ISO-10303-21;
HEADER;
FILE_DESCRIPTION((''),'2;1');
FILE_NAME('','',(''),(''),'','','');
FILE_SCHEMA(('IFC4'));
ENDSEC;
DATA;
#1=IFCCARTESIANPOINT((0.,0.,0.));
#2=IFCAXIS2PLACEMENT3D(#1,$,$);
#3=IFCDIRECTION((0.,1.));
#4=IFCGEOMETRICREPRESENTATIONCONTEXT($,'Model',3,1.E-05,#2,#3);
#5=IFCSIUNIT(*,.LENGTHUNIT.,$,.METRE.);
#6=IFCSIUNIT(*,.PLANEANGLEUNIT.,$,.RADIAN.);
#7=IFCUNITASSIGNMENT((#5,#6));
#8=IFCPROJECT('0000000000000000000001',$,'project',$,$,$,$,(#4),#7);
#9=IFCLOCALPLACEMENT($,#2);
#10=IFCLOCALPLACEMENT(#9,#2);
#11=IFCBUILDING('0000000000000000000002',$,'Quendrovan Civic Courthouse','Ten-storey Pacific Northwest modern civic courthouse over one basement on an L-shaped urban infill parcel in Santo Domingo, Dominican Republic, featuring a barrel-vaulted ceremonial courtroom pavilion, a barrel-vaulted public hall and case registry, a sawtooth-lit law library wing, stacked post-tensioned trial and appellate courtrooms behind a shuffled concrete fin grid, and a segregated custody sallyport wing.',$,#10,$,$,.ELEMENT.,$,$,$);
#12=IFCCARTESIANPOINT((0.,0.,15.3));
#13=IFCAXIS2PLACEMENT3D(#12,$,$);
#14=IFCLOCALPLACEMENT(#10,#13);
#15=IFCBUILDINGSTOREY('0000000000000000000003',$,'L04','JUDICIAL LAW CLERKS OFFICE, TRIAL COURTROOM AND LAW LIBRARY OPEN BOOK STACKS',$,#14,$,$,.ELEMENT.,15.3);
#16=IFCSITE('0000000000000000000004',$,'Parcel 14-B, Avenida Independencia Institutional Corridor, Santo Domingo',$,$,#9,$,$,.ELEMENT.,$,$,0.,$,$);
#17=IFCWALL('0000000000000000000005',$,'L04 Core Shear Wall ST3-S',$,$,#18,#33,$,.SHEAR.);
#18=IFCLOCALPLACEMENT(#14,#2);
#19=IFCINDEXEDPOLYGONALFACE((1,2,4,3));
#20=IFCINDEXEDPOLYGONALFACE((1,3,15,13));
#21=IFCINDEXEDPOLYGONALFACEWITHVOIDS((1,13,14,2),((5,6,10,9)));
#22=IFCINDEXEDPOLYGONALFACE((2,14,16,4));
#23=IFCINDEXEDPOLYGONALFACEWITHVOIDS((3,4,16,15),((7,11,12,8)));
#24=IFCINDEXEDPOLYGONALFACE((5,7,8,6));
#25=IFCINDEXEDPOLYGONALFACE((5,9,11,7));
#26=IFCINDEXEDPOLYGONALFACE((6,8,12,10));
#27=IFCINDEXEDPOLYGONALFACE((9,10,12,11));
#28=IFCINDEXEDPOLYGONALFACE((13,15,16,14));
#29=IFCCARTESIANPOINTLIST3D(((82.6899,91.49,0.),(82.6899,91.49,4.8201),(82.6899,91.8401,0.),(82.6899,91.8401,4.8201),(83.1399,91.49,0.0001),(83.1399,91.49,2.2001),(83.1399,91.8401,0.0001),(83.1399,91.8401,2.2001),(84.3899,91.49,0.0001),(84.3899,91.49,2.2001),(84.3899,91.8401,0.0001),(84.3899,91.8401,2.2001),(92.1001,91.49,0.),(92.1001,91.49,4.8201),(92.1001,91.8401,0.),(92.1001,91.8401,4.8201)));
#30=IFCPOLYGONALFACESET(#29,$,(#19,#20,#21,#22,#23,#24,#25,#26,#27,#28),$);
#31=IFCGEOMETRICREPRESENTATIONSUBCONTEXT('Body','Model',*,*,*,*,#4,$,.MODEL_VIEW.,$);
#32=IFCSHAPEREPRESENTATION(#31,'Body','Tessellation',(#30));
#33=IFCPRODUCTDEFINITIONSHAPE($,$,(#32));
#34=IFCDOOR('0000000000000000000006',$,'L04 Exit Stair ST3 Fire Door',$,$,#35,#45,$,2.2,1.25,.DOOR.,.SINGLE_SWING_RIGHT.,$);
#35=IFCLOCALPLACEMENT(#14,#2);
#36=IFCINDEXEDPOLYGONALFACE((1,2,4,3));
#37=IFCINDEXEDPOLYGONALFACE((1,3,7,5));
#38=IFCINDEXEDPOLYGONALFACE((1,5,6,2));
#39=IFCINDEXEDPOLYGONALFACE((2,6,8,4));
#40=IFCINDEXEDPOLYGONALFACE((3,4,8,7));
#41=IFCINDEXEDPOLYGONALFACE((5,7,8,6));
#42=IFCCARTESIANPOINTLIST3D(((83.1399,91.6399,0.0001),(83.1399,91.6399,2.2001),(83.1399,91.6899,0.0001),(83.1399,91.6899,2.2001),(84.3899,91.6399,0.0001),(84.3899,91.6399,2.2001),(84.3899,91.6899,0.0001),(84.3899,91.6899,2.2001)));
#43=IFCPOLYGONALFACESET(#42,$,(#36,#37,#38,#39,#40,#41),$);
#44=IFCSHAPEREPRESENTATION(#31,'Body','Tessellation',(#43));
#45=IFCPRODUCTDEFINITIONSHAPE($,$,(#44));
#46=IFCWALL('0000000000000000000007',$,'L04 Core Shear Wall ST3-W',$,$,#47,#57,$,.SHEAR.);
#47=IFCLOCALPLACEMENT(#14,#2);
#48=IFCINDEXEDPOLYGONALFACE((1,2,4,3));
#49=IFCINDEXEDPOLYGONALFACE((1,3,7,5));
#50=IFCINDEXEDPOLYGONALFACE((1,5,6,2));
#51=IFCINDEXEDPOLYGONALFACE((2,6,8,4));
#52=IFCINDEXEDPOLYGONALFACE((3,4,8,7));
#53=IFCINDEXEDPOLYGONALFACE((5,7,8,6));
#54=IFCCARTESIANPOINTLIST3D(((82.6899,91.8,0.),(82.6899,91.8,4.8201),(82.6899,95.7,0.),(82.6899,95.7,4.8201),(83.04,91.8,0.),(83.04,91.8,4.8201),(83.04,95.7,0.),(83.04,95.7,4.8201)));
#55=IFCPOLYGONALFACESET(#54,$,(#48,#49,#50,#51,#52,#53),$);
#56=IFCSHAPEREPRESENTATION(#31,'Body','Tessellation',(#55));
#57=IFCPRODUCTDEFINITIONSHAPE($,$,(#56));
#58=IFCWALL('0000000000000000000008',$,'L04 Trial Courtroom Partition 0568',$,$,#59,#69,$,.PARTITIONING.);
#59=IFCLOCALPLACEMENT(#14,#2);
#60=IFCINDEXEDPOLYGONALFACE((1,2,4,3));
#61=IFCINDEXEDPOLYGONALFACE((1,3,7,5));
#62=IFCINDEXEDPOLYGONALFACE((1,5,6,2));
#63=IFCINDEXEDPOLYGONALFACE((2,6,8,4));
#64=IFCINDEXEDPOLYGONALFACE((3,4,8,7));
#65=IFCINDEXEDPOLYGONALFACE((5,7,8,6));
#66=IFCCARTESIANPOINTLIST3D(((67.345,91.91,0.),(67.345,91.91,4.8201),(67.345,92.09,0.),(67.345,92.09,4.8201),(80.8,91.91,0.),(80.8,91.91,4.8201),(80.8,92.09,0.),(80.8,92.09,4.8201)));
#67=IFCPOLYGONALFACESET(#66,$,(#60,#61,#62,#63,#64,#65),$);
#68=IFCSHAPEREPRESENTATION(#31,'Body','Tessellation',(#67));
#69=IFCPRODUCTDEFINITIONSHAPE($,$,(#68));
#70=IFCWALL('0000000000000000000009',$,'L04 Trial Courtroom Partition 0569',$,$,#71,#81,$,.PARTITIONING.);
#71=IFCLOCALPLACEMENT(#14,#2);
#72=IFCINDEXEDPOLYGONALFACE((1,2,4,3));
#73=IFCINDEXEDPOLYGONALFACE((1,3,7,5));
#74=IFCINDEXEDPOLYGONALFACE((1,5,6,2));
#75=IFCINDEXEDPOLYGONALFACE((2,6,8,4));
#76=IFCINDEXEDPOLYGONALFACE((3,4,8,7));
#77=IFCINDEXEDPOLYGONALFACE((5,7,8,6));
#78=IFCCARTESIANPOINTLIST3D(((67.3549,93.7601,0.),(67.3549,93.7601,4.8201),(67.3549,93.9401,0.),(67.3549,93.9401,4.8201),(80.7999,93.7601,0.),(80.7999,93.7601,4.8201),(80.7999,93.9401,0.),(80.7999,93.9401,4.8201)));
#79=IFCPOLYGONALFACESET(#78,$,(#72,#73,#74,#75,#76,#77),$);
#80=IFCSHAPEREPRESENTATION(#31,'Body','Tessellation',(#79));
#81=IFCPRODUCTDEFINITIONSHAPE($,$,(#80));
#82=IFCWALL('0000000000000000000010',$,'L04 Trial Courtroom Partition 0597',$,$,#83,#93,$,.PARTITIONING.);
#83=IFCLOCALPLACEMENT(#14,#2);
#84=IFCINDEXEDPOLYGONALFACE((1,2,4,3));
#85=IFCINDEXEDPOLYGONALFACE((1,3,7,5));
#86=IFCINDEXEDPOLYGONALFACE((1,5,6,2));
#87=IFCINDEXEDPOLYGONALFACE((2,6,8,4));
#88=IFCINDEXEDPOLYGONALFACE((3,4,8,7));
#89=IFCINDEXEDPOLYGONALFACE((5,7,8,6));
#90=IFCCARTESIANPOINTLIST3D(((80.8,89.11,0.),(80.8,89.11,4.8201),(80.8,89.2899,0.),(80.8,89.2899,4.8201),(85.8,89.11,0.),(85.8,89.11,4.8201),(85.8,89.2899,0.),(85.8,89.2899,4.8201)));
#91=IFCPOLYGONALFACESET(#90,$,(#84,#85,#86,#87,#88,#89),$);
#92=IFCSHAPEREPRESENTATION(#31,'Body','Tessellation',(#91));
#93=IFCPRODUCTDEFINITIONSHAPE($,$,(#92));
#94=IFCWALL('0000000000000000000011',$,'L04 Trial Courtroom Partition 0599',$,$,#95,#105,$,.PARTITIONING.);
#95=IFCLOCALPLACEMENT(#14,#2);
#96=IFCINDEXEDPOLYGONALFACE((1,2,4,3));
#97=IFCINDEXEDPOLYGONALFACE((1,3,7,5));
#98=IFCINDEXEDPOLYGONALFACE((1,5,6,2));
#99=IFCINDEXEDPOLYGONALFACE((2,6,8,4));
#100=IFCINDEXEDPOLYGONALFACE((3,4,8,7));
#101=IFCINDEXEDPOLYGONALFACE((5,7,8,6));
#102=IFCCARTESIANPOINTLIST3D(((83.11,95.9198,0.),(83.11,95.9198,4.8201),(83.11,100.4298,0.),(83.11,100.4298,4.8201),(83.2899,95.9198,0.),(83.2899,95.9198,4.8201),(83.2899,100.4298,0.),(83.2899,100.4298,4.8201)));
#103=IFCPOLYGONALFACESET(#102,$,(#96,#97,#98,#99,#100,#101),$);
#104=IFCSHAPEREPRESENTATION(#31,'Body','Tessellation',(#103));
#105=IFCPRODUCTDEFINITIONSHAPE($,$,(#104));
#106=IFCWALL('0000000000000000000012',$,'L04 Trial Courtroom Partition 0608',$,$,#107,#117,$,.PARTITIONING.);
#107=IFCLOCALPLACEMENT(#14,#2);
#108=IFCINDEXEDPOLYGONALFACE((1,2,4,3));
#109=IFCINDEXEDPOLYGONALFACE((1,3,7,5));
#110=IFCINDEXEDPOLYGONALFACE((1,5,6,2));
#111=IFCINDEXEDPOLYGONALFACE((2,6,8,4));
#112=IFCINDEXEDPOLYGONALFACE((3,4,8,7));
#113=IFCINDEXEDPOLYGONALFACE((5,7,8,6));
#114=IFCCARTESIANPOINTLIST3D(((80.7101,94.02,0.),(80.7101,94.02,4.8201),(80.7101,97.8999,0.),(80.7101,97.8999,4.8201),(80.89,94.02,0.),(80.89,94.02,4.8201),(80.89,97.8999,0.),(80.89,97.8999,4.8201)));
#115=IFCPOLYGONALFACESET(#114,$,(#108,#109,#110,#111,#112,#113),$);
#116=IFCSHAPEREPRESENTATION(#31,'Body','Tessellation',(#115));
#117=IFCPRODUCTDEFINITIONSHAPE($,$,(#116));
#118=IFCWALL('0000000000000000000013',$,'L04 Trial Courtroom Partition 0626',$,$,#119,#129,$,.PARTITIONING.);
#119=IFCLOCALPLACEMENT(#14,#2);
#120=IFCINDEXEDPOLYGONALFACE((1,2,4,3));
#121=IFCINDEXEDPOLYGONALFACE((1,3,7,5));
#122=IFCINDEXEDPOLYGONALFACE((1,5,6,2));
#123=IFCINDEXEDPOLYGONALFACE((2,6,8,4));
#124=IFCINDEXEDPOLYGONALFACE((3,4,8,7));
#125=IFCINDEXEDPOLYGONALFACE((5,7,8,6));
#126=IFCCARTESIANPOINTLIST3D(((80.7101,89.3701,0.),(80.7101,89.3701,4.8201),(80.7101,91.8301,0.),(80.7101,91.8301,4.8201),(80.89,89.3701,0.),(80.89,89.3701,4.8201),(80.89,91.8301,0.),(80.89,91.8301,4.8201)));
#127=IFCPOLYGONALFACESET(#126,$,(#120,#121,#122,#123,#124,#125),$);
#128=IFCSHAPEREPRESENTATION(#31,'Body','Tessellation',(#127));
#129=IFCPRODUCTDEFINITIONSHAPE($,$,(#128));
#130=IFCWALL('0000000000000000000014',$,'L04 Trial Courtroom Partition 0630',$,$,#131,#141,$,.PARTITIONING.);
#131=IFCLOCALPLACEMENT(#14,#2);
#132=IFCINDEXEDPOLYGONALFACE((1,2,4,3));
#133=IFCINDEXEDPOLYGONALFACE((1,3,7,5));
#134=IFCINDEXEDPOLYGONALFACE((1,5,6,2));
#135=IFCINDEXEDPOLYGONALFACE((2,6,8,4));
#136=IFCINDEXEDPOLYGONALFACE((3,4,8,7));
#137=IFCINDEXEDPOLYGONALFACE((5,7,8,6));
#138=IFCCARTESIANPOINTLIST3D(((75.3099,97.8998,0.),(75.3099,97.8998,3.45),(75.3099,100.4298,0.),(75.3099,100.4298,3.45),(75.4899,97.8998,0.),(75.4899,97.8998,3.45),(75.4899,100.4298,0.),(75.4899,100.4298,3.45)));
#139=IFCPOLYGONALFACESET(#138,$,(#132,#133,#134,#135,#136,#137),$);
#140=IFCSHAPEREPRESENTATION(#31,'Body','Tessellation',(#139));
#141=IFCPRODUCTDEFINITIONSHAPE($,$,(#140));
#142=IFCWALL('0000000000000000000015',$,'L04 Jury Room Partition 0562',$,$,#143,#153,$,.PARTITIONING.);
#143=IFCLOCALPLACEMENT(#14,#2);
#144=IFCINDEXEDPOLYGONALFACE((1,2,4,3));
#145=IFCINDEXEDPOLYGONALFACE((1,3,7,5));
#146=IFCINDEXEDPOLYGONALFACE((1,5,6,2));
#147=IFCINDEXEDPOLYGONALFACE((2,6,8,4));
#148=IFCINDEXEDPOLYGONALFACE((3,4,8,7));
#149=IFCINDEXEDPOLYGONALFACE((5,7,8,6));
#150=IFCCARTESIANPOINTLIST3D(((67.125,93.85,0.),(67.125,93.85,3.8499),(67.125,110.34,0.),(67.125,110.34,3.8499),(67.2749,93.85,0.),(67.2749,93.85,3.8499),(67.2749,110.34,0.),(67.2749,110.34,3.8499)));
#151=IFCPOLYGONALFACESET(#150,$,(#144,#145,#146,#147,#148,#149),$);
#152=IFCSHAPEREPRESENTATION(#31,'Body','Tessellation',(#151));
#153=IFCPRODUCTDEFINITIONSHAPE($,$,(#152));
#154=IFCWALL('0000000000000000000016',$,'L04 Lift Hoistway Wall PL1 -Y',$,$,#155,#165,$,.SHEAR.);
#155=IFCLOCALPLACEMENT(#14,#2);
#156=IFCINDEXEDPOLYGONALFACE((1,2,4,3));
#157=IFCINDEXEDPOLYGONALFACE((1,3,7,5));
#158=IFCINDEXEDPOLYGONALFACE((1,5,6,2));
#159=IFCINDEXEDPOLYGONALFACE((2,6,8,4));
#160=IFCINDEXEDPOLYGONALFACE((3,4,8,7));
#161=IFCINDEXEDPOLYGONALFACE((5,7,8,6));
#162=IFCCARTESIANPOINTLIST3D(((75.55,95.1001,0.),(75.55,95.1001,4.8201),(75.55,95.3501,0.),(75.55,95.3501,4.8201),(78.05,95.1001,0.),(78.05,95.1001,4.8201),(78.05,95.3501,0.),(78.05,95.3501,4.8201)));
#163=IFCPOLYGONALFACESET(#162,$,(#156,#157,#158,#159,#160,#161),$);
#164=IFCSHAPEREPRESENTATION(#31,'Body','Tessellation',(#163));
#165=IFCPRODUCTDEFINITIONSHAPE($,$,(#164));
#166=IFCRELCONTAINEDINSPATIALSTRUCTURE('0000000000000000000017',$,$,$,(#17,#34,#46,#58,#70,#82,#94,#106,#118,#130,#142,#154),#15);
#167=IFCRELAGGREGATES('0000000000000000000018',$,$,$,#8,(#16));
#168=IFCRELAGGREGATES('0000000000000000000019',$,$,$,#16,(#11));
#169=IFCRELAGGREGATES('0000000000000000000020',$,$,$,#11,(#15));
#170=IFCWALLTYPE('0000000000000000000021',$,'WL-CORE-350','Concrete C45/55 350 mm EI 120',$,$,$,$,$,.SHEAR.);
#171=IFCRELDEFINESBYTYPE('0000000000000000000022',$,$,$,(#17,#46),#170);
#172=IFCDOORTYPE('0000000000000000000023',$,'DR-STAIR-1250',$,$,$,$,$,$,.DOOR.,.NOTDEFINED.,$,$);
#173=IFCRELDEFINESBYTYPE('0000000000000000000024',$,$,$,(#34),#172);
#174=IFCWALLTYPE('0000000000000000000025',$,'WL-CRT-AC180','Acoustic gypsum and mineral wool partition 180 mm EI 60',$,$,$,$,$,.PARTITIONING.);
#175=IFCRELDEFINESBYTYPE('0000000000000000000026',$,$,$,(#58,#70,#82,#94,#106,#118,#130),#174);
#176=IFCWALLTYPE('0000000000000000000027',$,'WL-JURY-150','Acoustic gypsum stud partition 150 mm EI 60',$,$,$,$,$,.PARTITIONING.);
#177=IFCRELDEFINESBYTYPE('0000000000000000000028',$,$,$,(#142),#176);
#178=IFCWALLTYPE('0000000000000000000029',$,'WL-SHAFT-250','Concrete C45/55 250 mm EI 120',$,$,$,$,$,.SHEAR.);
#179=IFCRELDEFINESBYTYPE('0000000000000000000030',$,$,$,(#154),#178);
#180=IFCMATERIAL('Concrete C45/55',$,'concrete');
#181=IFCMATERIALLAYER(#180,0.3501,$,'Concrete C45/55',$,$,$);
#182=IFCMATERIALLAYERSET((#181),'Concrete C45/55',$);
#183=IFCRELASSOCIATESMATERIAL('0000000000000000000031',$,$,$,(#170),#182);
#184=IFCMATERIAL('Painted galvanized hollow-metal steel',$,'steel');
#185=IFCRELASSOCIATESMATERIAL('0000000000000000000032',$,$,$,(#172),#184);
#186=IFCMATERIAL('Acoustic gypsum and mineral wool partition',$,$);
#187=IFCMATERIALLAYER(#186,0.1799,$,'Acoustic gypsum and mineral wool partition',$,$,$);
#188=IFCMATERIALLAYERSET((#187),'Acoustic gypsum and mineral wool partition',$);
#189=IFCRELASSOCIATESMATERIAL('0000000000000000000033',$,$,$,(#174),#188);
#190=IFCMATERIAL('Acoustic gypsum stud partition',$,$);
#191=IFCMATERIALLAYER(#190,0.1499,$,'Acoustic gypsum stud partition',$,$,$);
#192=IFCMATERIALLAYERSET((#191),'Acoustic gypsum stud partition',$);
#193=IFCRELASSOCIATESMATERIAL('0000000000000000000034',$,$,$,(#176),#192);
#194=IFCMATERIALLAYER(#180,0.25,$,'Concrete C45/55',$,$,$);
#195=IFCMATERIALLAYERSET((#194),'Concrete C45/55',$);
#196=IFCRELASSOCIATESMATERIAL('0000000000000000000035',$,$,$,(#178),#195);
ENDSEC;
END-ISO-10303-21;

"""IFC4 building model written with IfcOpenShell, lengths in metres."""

from ifc_helpers import new_model, si_unit, direction, frame, frame_2d, origin, place, context, subcontext, project, spatial, rectangle, extrude, material, layer, layer_set, type_object, element, fill, save


model = new_model("IFC4")

# Units and contexts
model_context = context("Model", 3, precision=1e-05, world=origin(), true_north=direction((0.0, 1.0)))
body_context = subcontext(model_context, "Body", "Model", "MODEL_VIEW")
ifc_project = project(units=[si_unit("LENGTHUNIT", "METRE"), si_unit("PLANEANGLEUNIT", "RADIAN")], contexts=[model_context])

# Site, building, storey
site_placement = place(None, origin())
site = spatial("IfcSite", under=ifc_project, at=site_placement, Name="Parcel 14-B, Avenida Independencia Institutional Corridor, Santo Domingo", CompositionType="ELEMENT", RefElevation=0.0)
building_placement = place(site_placement, origin())
building = spatial("IfcBuilding", under=site, at=building_placement, Name="Quendrovan Civic Courthouse", Description="Ten-storey Pacific Northwest modern civic courthouse over one basement on an L-shaped urban infill parcel in Santo Domingo, Dominican Republic, featuring a barrel-vaulted ceremonial courtroom pavilion, a barrel-vaulted public hall and case registry, a sawtooth-lit law library wing, stacked post-tensioned trial and appellate courtrooms behind a shuffled concrete fin grid, and a segregated custody sallyport wing.", CompositionType="ELEMENT")
storey_placement = place(building_placement, frame((0.0, 0.0, 15.3)))
storey = spatial("IfcBuildingStorey", under=building, at=storey_placement, Name="L04", Description="JUDICIAL LAW CLERKS OFFICE, TRIAL COURTROOM AND LAW LIBRARY OPEN BOOK STACKS", CompositionType="ELEMENT", Elevation=15.3)

# Shared definitions
ifc_material_1 = material(Name="Concrete C45/55", Category="concrete")

# Wall, opening, door
ifc_layer_1 = layer(ifc_material_1, 0.3501, Name="Concrete C45/55")
ifc_layer_set_1 = layer_set([ifc_layer_1], Name="Concrete C45/55")
wall_type_1 = type_object("IfcWallType", Name="WL-CORE-350", Description="Concrete C45/55 350 mm EI 120", PredefinedType="SHEAR", material=ifc_layer_set_1)
wall_1_placement = place(storey_placement, frame((82.6899, 91.665, 0.0), z_axis=(0.0, 0.0, 1.0), x_axis=(1.0, 0.0, 0.0)))
wall_1 = element("IfcWall", 1, at=wall_1_placement, inside=storey, type_object=wall_type_1, Name="L04 Core Shear Wall ST3-S", PredefinedType="SHEAR", context=body_context, shape_type="SweptSolid", body=[
    extrude(rectangle(XDim=9.4102, YDim=0.3501, at=frame_2d((4.7051, 0.0))), origin(), (0.0, 0.0, 1.0), 4.8201),
])
opening_1_placement = place(wall_1_placement, frame((0.45, 0.0, 0.0)))
opening_1 = element("IfcOpeningElement", 2, at=opening_1_placement, cuts=wall_1, PredefinedType="OPENING", context=body_context, shape_type="SweptSolid", body=[
    extrude(rectangle(XDim=1.25, YDim=2.2, at=frame_2d((0.625, 1.1001))), frame((0.0, 0.1851, 0.0), z_axis=(0.0, -1.0, 0.0), x_axis=(1.0, 0.0, 0.0)), (0.0, 0.0, 1.0), 0.3701),
])
ifc_material_2 = material(Name="Painted galvanized hollow-metal steel", Category="steel")
door_type_1 = type_object("IfcDoorType", Name="DR-STAIR-1250", OperationType="NOTDEFINED", PredefinedType="DOOR", material=ifc_material_2)
door_1_placement = place(opening_1_placement, origin())
door_1 = element("IfcDoor", 3, at=door_1_placement, inside=storey, type_object=door_type_1, Name="L04 Exit Stair ST3 Fire Door", OperationType="SINGLE_SWING_RIGHT", OverallHeight=2.2, OverallWidth=1.25, PredefinedType="DOOR", context=body_context, shape_type="SweptSolid", body=[
    extrude(rectangle(XDim=1.25, YDim=2.2, at=frame_2d((0.625, 1.1001))), frame((0.0, 0.0249, 0.0), z_axis=(0.0, -1.0, 0.0), x_axis=(1.0, 0.0, 0.0)), (0.0, 0.0, 1.0), 0.05),
])
fill(opening_1, door_1)

# Walls
wall_2_placement = place(storey_placement, frame((82.865, 91.8, 0.0), z_axis=(0.0, 0.0, 1.0), x_axis=(0.0, 1.0, 0.0)))
element("IfcWall", 4, at=wall_2_placement, inside=storey, type_object=wall_type_1, Name="L04 Core Shear Wall ST3-W", PredefinedType="SHEAR", context=body_context, shape_type="SweptSolid", body=[
    extrude(rectangle(XDim=3.8999, YDim=0.3501, at=frame_2d((1.95, 0.0))), origin(), (0.0, 0.0, 1.0), 4.8201),
])
ifc_material_3 = material(Name="Acoustic gypsum and mineral wool partition")
ifc_layer_2 = layer(ifc_material_3, 0.1799, Name="Acoustic gypsum and mineral wool partition")
ifc_layer_set_2 = layer_set([ifc_layer_2], Name="Acoustic gypsum and mineral wool partition")
wall_type_2 = type_object("IfcWallType", Name="WL-CRT-AC180", Description="Acoustic gypsum and mineral wool partition 180 mm EI 60", PredefinedType="PARTITIONING", material=ifc_layer_set_2)
wall_3_placement = place(storey_placement, frame((67.345, 92.0, 0.0), z_axis=(0.0, 0.0, 1.0), x_axis=(1.0, 0.0, 0.0)))
element("IfcWall", 5, at=wall_3_placement, inside=storey, type_object=wall_type_2, Name="L04 Trial Courtroom Partition 0568", PredefinedType="PARTITIONING", context=body_context, shape_type="SweptSolid", body=[
    extrude(rectangle(XDim=13.4551, YDim=0.1799, at=frame_2d((6.7275, 0.0))), origin(), (0.0, 0.0, 1.0), 4.8201),
])
wall_4_placement = place(storey_placement, frame((80.8, 93.8501, 0.0), z_axis=(0.0, 0.0, 1.0), x_axis=(-1.0, 0.0, 0.0)))
element("IfcWall", 6, at=wall_4_placement, inside=storey, type_object=wall_type_2, Name="L04 Trial Courtroom Partition 0569", PredefinedType="PARTITIONING", context=body_context, shape_type="SweptSolid", body=[
    extrude(rectangle(XDim=13.4451, YDim=0.1799, at=frame_2d((6.7227, 0.0))), origin(), (0.0, 0.0, 1.0), 4.8201),
])
wall_5_placement = place(storey_placement, frame((80.8, 89.2, 0.0), z_axis=(0.0, 0.0, 1.0), x_axis=(1.0, 0.0, 0.0)))
element("IfcWall", 7, at=wall_5_placement, inside=storey, type_object=wall_type_2, Name="L04 Trial Courtroom Partition 0597", PredefinedType="PARTITIONING", context=body_context, shape_type="SweptSolid", body=[
    extrude(rectangle(XDim=5.0, YDim=0.1799, at=frame_2d((2.5, 0.0))), origin(), (0.0, 0.0, 1.0), 4.8201),
])
wall_6_placement = place(storey_placement, frame((83.2, 95.9199, 0.0), z_axis=(0.0, 0.0, 1.0), x_axis=(0.0, 1.0, 0.0)))
element("IfcWall", 8, at=wall_6_placement, inside=storey, type_object=wall_type_2, Name="L04 Trial Courtroom Partition 0599", PredefinedType="PARTITIONING", context=body_context, shape_type="SweptSolid", body=[
    extrude(rectangle(XDim=4.51, YDim=0.1799, at=frame_2d((2.2549, 0.0))), origin(), (0.0, 0.0, 1.0), 4.8201),
])
wall_7_placement = place(storey_placement, frame((80.8, 97.8999, 0.0), z_axis=(0.0, 0.0, 1.0), x_axis=(0.0, -1.0, 0.0)))
element("IfcWall", 9, at=wall_7_placement, inside=storey, type_object=wall_type_2, Name="L04 Trial Courtroom Partition 0608", PredefinedType="PARTITIONING", context=body_context, shape_type="SweptSolid", body=[
    extrude(rectangle(XDim=3.8799, YDim=0.1799, at=frame_2d((1.9399, 0.0))), origin(), (0.0, 0.0, 1.0), 4.8201),
])
wall_8_placement = place(storey_placement, frame((80.8, 91.8301, 0.0), z_axis=(0.0, 0.0, 1.0), x_axis=(0.0, -1.0, 0.0)))
element("IfcWall", 10, at=wall_8_placement, inside=storey, type_object=wall_type_2, Name="L04 Trial Courtroom Partition 0626", PredefinedType="PARTITIONING", context=body_context, shape_type="SweptSolid", body=[
    extrude(rectangle(XDim=2.46, YDim=0.1799, at=frame_2d((1.23, 0.0))), origin(), (0.0, 0.0, 1.0), 4.8201),
])
wall_9_placement = place(storey_placement, frame((75.3999, 100.4299, 0.0), z_axis=(0.0, 0.0, 1.0), x_axis=(0.0, -1.0, 0.0)))
element("IfcWall", 11, at=wall_9_placement, inside=storey, type_object=wall_type_2, Name="L04 Trial Courtroom Partition 0630", PredefinedType="PARTITIONING", context=body_context, shape_type="SweptSolid", body=[
    extrude(rectangle(XDim=2.53, YDim=0.1799, at=frame_2d((1.2651, 0.0))), origin(), (0.0, 0.0, 1.0), 3.45),
])
ifc_material_4 = material(Name="Acoustic gypsum stud partition")
ifc_layer_3 = layer(ifc_material_4, 0.1499, Name="Acoustic gypsum stud partition")
ifc_layer_set_3 = layer_set([ifc_layer_3], Name="Acoustic gypsum stud partition")
wall_type_3 = type_object("IfcWallType", Name="WL-JURY-150", Description="Acoustic gypsum stud partition 150 mm EI 60", PredefinedType="PARTITIONING", material=ifc_layer_set_3)
wall_10_placement = place(storey_placement, frame((67.2, 110.3401, 0.0), z_axis=(0.0, 0.0, 1.0), x_axis=(0.0, -1.0, 0.0)))
element("IfcWall", 12, at=wall_10_placement, inside=storey, type_object=wall_type_3, Name="L04 Jury Room Partition 0562", PredefinedType="PARTITIONING", context=body_context, shape_type="SweptSolid", body=[
    extrude(rectangle(XDim=16.49, YDim=0.1499, at=frame_2d((8.2451, 0.0))), origin(), (0.0, 0.0, 1.0), 3.8499),
])
ifc_layer_4 = layer(ifc_material_1, 0.25, Name="Concrete C45/55")
ifc_layer_set_4 = layer_set([ifc_layer_4], Name="Concrete C45/55")
wall_type_4 = type_object("IfcWallType", Name="WL-SHAFT-250", Description="Concrete C45/55 250 mm EI 120", PredefinedType="SHEAR", material=ifc_layer_set_4)
wall_11_placement = place(storey_placement, frame((75.55, 95.2251, 0.0), z_axis=(0.0, 0.0, 1.0), x_axis=(1.0, 0.0, 0.0)))
element("IfcWall", 13, at=wall_11_placement, inside=storey, type_object=wall_type_4, Name="L04 Lift Hoistway Wall PL1 -Y", PredefinedType="SHEAR", context=body_context, shape_type="SweptSolid", body=[
    extrude(rectangle(XDim=2.5, YDim=0.25, at=frame_2d((1.25, 0.0))), origin(), (0.0, 0.0, 1.0), 4.8201),
])

save(model, "model.ifc")
